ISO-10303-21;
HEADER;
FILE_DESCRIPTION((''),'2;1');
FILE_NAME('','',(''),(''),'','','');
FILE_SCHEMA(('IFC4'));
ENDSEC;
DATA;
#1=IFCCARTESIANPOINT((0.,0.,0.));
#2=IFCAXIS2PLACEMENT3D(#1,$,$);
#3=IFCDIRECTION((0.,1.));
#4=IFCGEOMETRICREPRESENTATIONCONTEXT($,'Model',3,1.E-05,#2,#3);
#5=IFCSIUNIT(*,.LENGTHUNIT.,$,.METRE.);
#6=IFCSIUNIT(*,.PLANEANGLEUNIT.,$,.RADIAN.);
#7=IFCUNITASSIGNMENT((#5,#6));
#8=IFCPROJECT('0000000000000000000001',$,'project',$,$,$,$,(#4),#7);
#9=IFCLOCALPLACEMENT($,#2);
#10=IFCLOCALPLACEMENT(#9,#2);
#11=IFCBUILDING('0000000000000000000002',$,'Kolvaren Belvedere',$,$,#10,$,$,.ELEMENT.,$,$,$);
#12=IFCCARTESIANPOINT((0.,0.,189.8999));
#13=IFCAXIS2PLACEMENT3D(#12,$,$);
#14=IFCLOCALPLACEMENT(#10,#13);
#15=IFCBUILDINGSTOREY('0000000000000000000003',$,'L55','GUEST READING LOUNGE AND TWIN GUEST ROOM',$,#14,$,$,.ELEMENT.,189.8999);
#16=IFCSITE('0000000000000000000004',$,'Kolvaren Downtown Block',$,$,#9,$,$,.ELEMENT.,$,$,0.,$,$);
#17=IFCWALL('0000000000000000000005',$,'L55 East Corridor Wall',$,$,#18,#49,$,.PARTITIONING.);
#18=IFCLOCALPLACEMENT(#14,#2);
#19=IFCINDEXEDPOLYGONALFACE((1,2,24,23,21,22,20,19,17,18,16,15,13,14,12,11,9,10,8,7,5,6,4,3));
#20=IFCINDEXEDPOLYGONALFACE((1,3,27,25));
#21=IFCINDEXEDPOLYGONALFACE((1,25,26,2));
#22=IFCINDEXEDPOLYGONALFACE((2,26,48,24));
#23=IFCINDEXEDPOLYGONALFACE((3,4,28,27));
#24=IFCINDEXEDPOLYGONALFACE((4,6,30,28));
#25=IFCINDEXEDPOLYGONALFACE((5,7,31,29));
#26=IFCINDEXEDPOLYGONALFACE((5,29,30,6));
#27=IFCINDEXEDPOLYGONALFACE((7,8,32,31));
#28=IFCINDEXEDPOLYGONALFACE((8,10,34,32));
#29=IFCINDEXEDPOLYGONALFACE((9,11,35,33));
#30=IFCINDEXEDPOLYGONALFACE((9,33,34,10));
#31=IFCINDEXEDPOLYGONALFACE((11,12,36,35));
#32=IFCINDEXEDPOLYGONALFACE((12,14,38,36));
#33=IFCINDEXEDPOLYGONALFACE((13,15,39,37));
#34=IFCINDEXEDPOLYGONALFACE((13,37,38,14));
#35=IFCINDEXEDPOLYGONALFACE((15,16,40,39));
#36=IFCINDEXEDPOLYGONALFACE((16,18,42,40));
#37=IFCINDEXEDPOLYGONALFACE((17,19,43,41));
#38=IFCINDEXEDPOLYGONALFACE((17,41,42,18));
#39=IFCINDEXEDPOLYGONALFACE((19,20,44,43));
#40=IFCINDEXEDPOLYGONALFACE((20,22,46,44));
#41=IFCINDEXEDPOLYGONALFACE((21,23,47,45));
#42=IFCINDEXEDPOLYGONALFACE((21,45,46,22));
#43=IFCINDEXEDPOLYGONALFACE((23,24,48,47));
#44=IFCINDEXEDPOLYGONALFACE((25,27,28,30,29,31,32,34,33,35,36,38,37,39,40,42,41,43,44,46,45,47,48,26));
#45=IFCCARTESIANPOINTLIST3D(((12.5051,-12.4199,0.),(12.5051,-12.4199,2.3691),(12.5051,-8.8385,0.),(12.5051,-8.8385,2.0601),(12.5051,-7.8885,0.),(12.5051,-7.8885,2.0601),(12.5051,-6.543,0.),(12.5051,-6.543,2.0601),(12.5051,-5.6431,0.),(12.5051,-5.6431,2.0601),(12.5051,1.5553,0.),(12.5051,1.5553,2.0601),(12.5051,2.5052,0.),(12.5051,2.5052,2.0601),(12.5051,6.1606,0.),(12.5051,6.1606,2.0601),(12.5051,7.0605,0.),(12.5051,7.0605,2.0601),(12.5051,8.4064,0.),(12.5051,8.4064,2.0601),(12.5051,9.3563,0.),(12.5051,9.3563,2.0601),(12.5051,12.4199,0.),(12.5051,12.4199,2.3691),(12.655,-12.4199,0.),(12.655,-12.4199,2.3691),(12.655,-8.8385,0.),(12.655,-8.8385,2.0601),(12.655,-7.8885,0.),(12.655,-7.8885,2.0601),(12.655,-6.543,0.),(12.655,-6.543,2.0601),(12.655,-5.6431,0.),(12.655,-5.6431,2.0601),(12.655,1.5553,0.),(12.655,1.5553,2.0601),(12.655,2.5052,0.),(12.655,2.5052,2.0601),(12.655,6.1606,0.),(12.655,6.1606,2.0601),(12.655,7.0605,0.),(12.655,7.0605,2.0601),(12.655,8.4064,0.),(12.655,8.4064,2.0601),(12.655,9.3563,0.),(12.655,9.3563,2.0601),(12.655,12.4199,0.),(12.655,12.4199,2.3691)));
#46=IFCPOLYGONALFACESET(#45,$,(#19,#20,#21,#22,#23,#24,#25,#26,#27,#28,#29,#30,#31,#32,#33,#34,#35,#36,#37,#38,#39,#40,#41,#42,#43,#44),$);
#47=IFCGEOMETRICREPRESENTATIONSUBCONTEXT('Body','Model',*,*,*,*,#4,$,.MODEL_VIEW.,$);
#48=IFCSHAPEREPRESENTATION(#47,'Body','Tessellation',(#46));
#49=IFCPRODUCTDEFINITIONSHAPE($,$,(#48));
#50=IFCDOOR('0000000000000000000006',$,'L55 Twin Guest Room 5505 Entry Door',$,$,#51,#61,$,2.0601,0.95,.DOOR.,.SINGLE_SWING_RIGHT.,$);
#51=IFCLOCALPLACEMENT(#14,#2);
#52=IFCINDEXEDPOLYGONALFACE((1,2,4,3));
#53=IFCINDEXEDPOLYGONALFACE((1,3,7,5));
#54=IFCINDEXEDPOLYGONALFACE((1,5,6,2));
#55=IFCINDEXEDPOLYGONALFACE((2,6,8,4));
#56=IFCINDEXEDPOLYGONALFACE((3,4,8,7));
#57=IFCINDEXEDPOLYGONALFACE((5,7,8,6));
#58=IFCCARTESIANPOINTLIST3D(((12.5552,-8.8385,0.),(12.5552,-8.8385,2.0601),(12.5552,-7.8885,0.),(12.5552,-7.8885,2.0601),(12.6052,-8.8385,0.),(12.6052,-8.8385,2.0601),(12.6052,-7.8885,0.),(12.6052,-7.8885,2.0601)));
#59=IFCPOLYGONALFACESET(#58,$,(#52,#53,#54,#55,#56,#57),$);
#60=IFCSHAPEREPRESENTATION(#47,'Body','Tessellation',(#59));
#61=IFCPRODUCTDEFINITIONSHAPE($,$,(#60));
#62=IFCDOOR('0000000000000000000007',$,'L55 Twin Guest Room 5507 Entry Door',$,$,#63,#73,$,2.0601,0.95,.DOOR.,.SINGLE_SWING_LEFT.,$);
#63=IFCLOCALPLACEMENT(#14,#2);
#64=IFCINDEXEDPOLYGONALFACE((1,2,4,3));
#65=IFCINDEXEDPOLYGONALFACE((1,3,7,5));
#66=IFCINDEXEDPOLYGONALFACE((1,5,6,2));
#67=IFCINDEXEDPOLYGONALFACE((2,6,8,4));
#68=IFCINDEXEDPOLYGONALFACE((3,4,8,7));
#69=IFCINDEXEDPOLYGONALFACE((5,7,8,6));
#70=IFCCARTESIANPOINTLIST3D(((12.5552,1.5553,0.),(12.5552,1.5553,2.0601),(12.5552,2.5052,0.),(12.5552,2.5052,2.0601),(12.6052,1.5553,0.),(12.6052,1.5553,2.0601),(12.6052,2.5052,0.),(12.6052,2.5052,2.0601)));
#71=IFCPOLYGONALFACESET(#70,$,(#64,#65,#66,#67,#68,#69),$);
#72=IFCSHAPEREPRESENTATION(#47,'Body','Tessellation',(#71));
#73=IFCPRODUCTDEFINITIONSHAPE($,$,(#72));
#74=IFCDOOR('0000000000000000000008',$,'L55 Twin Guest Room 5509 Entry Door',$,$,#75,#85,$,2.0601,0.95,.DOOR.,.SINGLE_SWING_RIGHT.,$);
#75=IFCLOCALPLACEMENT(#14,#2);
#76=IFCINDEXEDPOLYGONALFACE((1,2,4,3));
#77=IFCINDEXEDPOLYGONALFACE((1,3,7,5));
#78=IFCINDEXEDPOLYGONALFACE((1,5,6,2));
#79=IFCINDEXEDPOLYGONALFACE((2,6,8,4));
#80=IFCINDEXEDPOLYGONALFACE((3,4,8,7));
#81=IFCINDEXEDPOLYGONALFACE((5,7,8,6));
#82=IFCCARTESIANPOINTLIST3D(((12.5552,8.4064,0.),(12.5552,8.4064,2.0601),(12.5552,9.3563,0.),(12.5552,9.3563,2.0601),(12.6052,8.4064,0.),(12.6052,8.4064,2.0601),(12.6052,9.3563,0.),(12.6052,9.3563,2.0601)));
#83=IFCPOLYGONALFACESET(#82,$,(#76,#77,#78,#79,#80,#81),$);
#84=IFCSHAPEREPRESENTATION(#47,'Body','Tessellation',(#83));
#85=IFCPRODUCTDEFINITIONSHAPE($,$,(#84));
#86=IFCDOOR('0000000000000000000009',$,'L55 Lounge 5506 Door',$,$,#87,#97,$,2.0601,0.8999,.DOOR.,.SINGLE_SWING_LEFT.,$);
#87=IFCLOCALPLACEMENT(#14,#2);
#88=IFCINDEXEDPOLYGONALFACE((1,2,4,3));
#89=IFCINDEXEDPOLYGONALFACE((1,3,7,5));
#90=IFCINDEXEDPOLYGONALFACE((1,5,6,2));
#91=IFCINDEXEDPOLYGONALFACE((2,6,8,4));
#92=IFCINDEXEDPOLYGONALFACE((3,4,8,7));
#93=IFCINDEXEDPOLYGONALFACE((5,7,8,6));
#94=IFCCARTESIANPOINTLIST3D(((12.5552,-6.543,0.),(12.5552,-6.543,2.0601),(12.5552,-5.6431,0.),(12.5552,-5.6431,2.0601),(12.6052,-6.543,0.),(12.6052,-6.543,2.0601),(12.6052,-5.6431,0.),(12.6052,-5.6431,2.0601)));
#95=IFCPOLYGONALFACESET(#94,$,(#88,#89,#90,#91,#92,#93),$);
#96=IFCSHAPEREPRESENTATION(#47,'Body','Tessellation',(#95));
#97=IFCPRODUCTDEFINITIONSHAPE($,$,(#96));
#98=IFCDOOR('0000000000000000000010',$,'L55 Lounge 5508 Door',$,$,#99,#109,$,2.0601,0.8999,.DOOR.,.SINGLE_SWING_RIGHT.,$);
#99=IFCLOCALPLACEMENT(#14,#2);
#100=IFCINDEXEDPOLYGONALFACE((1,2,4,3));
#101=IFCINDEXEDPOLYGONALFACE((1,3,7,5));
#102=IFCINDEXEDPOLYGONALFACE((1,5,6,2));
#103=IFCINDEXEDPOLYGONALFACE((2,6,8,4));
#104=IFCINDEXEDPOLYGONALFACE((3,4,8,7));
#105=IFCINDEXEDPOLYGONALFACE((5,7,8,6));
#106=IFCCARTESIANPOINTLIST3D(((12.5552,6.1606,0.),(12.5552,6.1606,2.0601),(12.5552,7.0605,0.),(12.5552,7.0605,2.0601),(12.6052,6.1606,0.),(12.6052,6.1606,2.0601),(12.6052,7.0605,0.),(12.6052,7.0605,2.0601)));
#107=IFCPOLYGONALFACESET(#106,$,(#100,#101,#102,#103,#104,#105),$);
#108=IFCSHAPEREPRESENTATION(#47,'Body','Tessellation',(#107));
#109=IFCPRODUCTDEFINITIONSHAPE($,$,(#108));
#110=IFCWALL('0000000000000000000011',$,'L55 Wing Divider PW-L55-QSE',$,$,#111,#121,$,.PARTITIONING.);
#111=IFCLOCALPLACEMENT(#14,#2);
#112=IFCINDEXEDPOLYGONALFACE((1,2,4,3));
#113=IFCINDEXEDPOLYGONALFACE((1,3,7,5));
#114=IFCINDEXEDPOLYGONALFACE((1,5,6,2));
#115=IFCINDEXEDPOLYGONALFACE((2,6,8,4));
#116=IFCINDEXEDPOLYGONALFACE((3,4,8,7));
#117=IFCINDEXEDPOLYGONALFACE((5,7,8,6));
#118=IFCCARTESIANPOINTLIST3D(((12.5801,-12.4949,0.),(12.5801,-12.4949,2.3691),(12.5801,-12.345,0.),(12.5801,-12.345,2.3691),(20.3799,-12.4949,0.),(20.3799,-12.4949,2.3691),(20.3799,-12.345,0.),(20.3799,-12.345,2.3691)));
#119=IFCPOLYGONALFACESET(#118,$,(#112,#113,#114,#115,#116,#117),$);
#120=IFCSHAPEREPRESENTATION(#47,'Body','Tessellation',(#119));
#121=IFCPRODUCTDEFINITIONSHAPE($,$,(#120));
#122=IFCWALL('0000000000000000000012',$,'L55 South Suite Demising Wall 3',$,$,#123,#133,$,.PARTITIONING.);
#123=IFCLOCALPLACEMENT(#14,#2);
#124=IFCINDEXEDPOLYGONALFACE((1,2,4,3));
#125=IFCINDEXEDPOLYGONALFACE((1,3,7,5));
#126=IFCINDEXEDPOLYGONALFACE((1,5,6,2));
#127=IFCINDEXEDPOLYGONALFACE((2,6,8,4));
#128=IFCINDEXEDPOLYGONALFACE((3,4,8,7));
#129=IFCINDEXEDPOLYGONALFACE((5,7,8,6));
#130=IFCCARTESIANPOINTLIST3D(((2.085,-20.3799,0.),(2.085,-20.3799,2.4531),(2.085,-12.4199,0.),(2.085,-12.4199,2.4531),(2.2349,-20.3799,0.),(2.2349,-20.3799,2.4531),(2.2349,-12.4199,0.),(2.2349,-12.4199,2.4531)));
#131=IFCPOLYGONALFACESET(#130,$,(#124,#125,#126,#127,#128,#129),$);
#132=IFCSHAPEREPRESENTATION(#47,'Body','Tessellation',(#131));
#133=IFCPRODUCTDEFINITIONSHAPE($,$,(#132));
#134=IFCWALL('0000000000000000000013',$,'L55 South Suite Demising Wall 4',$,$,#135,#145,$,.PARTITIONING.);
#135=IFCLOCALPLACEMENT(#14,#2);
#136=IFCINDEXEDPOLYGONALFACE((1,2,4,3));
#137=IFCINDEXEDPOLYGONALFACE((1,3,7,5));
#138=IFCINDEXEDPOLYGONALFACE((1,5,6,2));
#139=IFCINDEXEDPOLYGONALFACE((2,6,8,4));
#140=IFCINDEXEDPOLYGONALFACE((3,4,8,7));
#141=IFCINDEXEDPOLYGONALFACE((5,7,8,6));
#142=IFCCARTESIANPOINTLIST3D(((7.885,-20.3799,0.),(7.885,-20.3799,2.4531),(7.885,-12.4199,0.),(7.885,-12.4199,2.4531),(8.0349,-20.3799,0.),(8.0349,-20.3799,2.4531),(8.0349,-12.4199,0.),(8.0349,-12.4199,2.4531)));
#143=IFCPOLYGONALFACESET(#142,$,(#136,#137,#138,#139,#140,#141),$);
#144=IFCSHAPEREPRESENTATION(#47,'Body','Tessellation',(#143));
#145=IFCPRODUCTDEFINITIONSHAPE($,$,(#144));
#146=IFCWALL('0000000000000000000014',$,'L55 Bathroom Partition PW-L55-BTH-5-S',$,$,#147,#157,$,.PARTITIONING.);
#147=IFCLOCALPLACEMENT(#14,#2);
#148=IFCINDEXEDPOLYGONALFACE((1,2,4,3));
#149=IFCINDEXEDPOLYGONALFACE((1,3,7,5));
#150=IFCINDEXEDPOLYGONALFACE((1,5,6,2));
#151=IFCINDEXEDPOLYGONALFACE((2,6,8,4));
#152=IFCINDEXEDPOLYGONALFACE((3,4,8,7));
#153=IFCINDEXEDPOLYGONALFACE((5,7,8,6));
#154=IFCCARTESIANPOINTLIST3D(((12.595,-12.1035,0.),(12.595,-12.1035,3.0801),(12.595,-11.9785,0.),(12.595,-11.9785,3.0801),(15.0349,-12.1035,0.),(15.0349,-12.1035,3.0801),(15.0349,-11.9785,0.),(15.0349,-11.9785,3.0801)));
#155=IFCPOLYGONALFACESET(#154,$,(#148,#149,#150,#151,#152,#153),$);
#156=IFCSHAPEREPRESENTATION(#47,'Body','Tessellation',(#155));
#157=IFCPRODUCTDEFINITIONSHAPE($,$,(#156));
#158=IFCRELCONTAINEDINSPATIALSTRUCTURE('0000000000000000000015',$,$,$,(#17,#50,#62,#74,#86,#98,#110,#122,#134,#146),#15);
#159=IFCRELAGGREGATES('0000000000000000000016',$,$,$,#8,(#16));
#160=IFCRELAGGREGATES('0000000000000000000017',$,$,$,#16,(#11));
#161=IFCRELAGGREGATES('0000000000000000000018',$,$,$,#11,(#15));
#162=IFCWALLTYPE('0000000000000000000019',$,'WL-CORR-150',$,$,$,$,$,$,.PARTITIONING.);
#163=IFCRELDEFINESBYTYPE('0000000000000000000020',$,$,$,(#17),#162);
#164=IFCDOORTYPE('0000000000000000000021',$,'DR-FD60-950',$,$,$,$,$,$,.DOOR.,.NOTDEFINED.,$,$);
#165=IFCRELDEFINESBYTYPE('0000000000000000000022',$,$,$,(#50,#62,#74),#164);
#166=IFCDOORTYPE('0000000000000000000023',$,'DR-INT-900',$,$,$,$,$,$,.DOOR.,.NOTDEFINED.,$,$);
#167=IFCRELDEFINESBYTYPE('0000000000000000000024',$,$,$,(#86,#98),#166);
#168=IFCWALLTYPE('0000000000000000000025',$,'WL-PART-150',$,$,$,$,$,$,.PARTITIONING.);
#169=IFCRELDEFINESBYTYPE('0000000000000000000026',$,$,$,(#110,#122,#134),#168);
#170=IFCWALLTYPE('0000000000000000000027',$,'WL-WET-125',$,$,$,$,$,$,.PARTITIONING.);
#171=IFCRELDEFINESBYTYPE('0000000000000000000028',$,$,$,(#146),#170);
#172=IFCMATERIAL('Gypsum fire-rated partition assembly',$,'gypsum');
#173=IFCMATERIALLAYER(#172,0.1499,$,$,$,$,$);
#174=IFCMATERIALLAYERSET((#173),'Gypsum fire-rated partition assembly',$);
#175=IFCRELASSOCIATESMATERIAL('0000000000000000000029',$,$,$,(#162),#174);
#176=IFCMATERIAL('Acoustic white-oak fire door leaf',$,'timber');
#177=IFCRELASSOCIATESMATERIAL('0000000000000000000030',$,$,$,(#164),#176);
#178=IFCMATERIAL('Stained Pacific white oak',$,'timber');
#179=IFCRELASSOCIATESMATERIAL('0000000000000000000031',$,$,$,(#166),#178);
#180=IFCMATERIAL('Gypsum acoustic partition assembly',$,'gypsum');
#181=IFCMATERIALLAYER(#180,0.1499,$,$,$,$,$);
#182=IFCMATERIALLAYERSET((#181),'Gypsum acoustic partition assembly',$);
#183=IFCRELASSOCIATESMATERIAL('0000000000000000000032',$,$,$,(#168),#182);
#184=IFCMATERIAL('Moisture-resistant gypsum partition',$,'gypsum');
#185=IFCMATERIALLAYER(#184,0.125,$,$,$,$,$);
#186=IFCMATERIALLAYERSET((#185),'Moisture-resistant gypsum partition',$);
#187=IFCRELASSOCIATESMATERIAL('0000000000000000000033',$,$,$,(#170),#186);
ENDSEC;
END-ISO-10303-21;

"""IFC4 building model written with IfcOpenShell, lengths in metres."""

from ifc_helpers import new_model, si_unit, direction, frame, frame_2d, origin, place, context, subcontext, project, spatial, rectangle, extrude, material, layer, layer_set, type_object, element, fill, save


model = new_model("IFC4")

# Units and contexts
model_context = context("Model", 3, precision=1e-05, world=origin(), true_north=direction((0.0, 1.0)))
body_context = subcontext(model_context, "Body", "Model", "MODEL_VIEW")
ifc_project = project(units=[si_unit("LENGTHUNIT", "METRE"), si_unit("PLANEANGLEUNIT", "RADIAN")], contexts=[model_context])

# Site, building, storey
site_placement = place(None, origin())
site = spatial("IfcSite", under=ifc_project, at=site_placement, Name="Kolvaren Downtown Block", CompositionType="ELEMENT", RefElevation=0.0)
building_placement = place(site_placement, origin())
building = spatial("IfcBuilding", under=site, at=building_placement, Name="Kolvaren Belvedere", CompositionType="ELEMENT")
storey_placement = place(building_placement, frame((0.0, 0.0, 189.8999)))
storey = spatial("IfcBuildingStorey", under=building, at=storey_placement, Name="L55", Description="GUEST READING LOUNGE AND TWIN GUEST ROOM", CompositionType="ELEMENT", Elevation=189.8999)

# Wall, openings, doors
ifc_material_1 = material(Name="Gypsum fire-rated partition assembly", Category="gypsum")
ifc_layer_1 = layer(ifc_material_1, 0.1499)
ifc_layer_set_1 = layer_set([ifc_layer_1], Name="Gypsum fire-rated partition assembly")
wall_type_1 = type_object("IfcWallType", Name="WL-CORR-150", PredefinedType="PARTITIONING", material=ifc_layer_set_1)
wall_1_placement = place(storey_placement, frame((12.5801, -12.4199, 0.0), z_axis=(0.0, 0.0, 1.0), x_axis=(0.0, 1.0, 0.0)))
wall_1 = element("IfcWall", 1, at=wall_1_placement, inside=storey, type_object=wall_type_1, Name="L55 East Corridor Wall", PredefinedType="PARTITIONING", context=body_context, shape_type="SweptSolid", body=[
    extrude(rectangle(XDim=24.8398, YDim=0.1499, at=frame_2d((12.4199, 0.0))), origin(), (0.0, 0.0, 1.0), 2.3691),
])
opening_1_placement = place(wall_1_placement, frame((3.5813, 0.0, 0.0)))
opening_1 = element("IfcOpeningElement", 2, at=opening_1_placement, cuts=wall_1, PredefinedType="OPENING", context=body_context, shape_type="SweptSolid", body=[
    extrude(rectangle(XDim=0.95, YDim=2.0601, at=frame_2d((0.4751, 1.03))), frame((0.0, 0.085, 0.0), z_axis=(0.0, -1.0, 0.0), x_axis=(1.0, 0.0, 0.0)), (0.0, 0.0, 1.0), 0.1699),
])
opening_2_placement = place(wall_1_placement, frame((5.877, 0.0, 0.0)))
opening_2 = element("IfcOpeningElement", 3, at=opening_2_placement, cuts=wall_1, PredefinedType="OPENING", context=body_context, shape_type="SweptSolid", body=[
    extrude(rectangle(XDim=0.8999, YDim=2.0601, at=frame_2d((0.45, 1.03))), frame((0.0, 0.085, 0.0), z_axis=(0.0, -1.0, 0.0), x_axis=(1.0, 0.0, 0.0)), (0.0, 0.0, 1.0), 0.1699),
])
opening_3_placement = place(wall_1_placement, frame((13.9751, 0.0, 0.0)))
opening_3 = element("IfcOpeningElement", 4, at=opening_3_placement, cuts=wall_1, PredefinedType="OPENING", context=body_context, shape_type="SweptSolid", body=[
    extrude(rectangle(XDim=0.95, YDim=2.0601, at=frame_2d((0.4751, 1.03))), frame((0.0, 0.085, 0.0), z_axis=(0.0, -1.0, 0.0), x_axis=(1.0, 0.0, 0.0)), (0.0, 0.0, 1.0), 0.1699),
])
opening_4_placement = place(wall_1_placement, frame((18.5806, 0.0, 0.0)))
opening_4 = element("IfcOpeningElement", 5, at=opening_4_placement, cuts=wall_1, PredefinedType="OPENING", context=body_context, shape_type="SweptSolid", body=[
    extrude(rectangle(XDim=0.8999, YDim=2.0601, at=frame_2d((0.45, 1.03))), frame((0.0, 0.085, 0.0), z_axis=(0.0, -1.0, 0.0), x_axis=(1.0, 0.0, 0.0)), (0.0, 0.0, 1.0), 0.1699),
])
opening_5_placement = place(wall_1_placement, frame((20.8262, 0.0, 0.0)))
opening_5 = element("IfcOpeningElement", 6, at=opening_5_placement, cuts=wall_1, PredefinedType="OPENING", context=body_context, shape_type="SweptSolid", body=[
    extrude(rectangle(XDim=0.95, YDim=2.0601, at=frame_2d((0.4751, 1.03))), frame((0.0, 0.085, 0.0), z_axis=(0.0, -1.0, 0.0), x_axis=(1.0, 0.0, 0.0)), (0.0, 0.0, 1.0), 0.1699),
])
ifc_material_2 = material(Name="Acoustic white-oak fire door leaf", Category="timber")
door_type_1 = type_object("IfcDoorType", Name="DR-FD60-950", OperationType="NOTDEFINED", PredefinedType="DOOR", material=ifc_material_2)
door_1_placement = place(opening_1_placement, origin())
door_1 = element("IfcDoor", 7, at=door_1_placement, inside=storey, type_object=door_type_1, Name="L55 Twin Guest Room 5505 Entry Door", OperationType="SINGLE_SWING_RIGHT", OverallHeight=2.0601, OverallWidth=0.95, PredefinedType="DOOR", context=body_context, shape_type="SweptSolid", body=[
    extrude(rectangle(XDim=0.95, YDim=2.0601, at=frame_2d((0.4751, 1.03))), frame((0.0, 0.0249, 0.0), z_axis=(0.0, -1.0, 0.0), x_axis=(1.0, 0.0, 0.0)), (0.0, 0.0, 1.0), 0.05),
])
fill(opening_1, door_1)
door_2_placement = place(opening_3_placement, origin())
door_2 = element("IfcDoor", 8, at=door_2_placement, inside=storey, type_object=door_type_1, Name="L55 Twin Guest Room 5507 Entry Door", OperationType="SINGLE_SWING_LEFT", OverallHeight=2.0601, OverallWidth=0.95, PredefinedType="DOOR", context=body_context, shape_type="SweptSolid", body=[
    extrude(rectangle(XDim=0.95, YDim=2.0601, at=frame_2d((0.4751, 1.03))), frame((0.0, 0.0249, 0.0), z_axis=(0.0, -1.0, 0.0), x_axis=(1.0, 0.0, 0.0)), (0.0, 0.0, 1.0), 0.05),
])
fill(opening_3, door_2)
door_3_placement = place(opening_5_placement, origin())
door_3 = element("IfcDoor", 9, at=door_3_placement, inside=storey, type_object=door_type_1, Name="L55 Twin Guest Room 5509 Entry Door", OperationType="SINGLE_SWING_RIGHT", OverallHeight=2.0601, OverallWidth=0.95, PredefinedType="DOOR", context=body_context, shape_type="SweptSolid", body=[
    extrude(rectangle(XDim=0.95, YDim=2.0601, at=frame_2d((0.4751, 1.03))), frame((0.0, 0.0249, 0.0), z_axis=(0.0, -1.0, 0.0), x_axis=(1.0, 0.0, 0.0)), (0.0, 0.0, 1.0), 0.05),
])
fill(opening_5, door_3)
ifc_material_3 = material(Name="Stained Pacific white oak", Category="timber")
door_type_2 = type_object("IfcDoorType", Name="DR-INT-900", OperationType="NOTDEFINED", PredefinedType="DOOR", material=ifc_material_3)
door_4_placement = place(opening_2_placement, origin())
door_4 = element("IfcDoor", 10, at=door_4_placement, inside=storey, type_object=door_type_2, Name="L55 Lounge 5506 Door", OperationType="SINGLE_SWING_LEFT", OverallHeight=2.0601, OverallWidth=0.8999, PredefinedType="DOOR", context=body_context, shape_type="SweptSolid", body=[
    extrude(rectangle(XDim=0.8999, YDim=2.0601, at=frame_2d((0.45, 1.03))), frame((0.0, 0.0249, 0.0), z_axis=(0.0, -1.0, 0.0), x_axis=(1.0, 0.0, 0.0)), (0.0, 0.0, 1.0), 0.05),
])
fill(opening_2, door_4)
door_5_placement = place(opening_4_placement, origin())
door_5 = element("IfcDoor", 11, at=door_5_placement, inside=storey, type_object=door_type_2, Name="L55 Lounge 5508 Door", OperationType="SINGLE_SWING_RIGHT", OverallHeight=2.0601, OverallWidth=0.8999, PredefinedType="DOOR", context=body_context, shape_type="SweptSolid", body=[
    extrude(rectangle(XDim=0.8999, YDim=2.0601, at=frame_2d((0.45, 1.03))), frame((0.0, 0.0249, 0.0), z_axis=(0.0, -1.0, 0.0), x_axis=(1.0, 0.0, 0.0)), (0.0, 0.0, 1.0), 0.05),
])
fill(opening_4, door_5)

# Walls
ifc_material_4 = material(Name="Gypsum acoustic partition assembly", Category="gypsum")
ifc_layer_2 = layer(ifc_material_4, 0.1499)
ifc_layer_set_2 = layer_set([ifc_layer_2], Name="Gypsum acoustic partition assembly")
wall_type_2 = type_object("IfcWallType", Name="WL-PART-150", PredefinedType="PARTITIONING", material=ifc_layer_set_2)
wall_2_placement = place(storey_placement, frame((12.5801, -12.4199, 0.0), z_axis=(0.0, 0.0, 1.0), x_axis=(1.0, 0.0, 0.0)))
element("IfcWall", 12, at=wall_2_placement, inside=storey, type_object=wall_type_2, Name="L55 Wing Divider PW-L55-QSE", PredefinedType="PARTITIONING", context=body_context, shape_type="SweptSolid", body=[
    extrude(rectangle(XDim=7.7998, YDim=0.1499, at=frame_2d((3.8999, 0.0))), origin(), (0.0, 0.0, 1.0), 2.3691),
])
for number, where, z_axis, x_axis, name in (
    (13, (2.1599, -20.3799, 0.0), (0.0, 0.0, 1.0), (0.0, 1.0, 0.0), "L55 South Suite Demising Wall 3"),
    (14, (7.96, -20.3799, 0.0), (0.0, 0.0, 1.0), (0.0, 1.0, 0.0), "L55 South Suite Demising Wall 4"),
):
    element("IfcWall", number, at=place(storey_placement, frame(where, z_axis=z_axis, x_axis=x_axis)), inside=storey, type_object=wall_type_2, Name=name, PredefinedType="PARTITIONING", context=body_context, shape_type="SweptSolid", body=[
        extrude(rectangle(XDim=7.96, YDim=0.1499, at=frame_2d((3.98, 0.0))), origin(), (0.0, 0.0, 1.0), 2.4531),
    ])
ifc_material_5 = material(Name="Moisture-resistant gypsum partition", Category="gypsum")
ifc_layer_3 = layer(ifc_material_5, 0.125)
ifc_layer_set_3 = layer_set([ifc_layer_3], Name="Moisture-resistant gypsum partition")
wall_type_3 = type_object("IfcWallType", Name="WL-WET-125", PredefinedType="PARTITIONING", material=ifc_layer_set_3)
wall_3_placement = place(storey_placement, frame((12.595, -12.041, 0.0), z_axis=(0.0, 0.0, 1.0), x_axis=(1.0, 0.0, 0.0)))
element("IfcWall", 15, at=wall_3_placement, inside=storey, type_object=wall_type_3, Name="L55 Bathroom Partition PW-L55-BTH-5-S", PredefinedType="PARTITIONING", context=body_context, shape_type="SweptSolid", body=[
    extrude(rectangle(XDim=2.4399, YDim=0.125, at=frame_2d((1.22, 0.0))), origin(), (0.0, 0.0, 1.0), 3.0801),
])

save(model, "model.ifc")
